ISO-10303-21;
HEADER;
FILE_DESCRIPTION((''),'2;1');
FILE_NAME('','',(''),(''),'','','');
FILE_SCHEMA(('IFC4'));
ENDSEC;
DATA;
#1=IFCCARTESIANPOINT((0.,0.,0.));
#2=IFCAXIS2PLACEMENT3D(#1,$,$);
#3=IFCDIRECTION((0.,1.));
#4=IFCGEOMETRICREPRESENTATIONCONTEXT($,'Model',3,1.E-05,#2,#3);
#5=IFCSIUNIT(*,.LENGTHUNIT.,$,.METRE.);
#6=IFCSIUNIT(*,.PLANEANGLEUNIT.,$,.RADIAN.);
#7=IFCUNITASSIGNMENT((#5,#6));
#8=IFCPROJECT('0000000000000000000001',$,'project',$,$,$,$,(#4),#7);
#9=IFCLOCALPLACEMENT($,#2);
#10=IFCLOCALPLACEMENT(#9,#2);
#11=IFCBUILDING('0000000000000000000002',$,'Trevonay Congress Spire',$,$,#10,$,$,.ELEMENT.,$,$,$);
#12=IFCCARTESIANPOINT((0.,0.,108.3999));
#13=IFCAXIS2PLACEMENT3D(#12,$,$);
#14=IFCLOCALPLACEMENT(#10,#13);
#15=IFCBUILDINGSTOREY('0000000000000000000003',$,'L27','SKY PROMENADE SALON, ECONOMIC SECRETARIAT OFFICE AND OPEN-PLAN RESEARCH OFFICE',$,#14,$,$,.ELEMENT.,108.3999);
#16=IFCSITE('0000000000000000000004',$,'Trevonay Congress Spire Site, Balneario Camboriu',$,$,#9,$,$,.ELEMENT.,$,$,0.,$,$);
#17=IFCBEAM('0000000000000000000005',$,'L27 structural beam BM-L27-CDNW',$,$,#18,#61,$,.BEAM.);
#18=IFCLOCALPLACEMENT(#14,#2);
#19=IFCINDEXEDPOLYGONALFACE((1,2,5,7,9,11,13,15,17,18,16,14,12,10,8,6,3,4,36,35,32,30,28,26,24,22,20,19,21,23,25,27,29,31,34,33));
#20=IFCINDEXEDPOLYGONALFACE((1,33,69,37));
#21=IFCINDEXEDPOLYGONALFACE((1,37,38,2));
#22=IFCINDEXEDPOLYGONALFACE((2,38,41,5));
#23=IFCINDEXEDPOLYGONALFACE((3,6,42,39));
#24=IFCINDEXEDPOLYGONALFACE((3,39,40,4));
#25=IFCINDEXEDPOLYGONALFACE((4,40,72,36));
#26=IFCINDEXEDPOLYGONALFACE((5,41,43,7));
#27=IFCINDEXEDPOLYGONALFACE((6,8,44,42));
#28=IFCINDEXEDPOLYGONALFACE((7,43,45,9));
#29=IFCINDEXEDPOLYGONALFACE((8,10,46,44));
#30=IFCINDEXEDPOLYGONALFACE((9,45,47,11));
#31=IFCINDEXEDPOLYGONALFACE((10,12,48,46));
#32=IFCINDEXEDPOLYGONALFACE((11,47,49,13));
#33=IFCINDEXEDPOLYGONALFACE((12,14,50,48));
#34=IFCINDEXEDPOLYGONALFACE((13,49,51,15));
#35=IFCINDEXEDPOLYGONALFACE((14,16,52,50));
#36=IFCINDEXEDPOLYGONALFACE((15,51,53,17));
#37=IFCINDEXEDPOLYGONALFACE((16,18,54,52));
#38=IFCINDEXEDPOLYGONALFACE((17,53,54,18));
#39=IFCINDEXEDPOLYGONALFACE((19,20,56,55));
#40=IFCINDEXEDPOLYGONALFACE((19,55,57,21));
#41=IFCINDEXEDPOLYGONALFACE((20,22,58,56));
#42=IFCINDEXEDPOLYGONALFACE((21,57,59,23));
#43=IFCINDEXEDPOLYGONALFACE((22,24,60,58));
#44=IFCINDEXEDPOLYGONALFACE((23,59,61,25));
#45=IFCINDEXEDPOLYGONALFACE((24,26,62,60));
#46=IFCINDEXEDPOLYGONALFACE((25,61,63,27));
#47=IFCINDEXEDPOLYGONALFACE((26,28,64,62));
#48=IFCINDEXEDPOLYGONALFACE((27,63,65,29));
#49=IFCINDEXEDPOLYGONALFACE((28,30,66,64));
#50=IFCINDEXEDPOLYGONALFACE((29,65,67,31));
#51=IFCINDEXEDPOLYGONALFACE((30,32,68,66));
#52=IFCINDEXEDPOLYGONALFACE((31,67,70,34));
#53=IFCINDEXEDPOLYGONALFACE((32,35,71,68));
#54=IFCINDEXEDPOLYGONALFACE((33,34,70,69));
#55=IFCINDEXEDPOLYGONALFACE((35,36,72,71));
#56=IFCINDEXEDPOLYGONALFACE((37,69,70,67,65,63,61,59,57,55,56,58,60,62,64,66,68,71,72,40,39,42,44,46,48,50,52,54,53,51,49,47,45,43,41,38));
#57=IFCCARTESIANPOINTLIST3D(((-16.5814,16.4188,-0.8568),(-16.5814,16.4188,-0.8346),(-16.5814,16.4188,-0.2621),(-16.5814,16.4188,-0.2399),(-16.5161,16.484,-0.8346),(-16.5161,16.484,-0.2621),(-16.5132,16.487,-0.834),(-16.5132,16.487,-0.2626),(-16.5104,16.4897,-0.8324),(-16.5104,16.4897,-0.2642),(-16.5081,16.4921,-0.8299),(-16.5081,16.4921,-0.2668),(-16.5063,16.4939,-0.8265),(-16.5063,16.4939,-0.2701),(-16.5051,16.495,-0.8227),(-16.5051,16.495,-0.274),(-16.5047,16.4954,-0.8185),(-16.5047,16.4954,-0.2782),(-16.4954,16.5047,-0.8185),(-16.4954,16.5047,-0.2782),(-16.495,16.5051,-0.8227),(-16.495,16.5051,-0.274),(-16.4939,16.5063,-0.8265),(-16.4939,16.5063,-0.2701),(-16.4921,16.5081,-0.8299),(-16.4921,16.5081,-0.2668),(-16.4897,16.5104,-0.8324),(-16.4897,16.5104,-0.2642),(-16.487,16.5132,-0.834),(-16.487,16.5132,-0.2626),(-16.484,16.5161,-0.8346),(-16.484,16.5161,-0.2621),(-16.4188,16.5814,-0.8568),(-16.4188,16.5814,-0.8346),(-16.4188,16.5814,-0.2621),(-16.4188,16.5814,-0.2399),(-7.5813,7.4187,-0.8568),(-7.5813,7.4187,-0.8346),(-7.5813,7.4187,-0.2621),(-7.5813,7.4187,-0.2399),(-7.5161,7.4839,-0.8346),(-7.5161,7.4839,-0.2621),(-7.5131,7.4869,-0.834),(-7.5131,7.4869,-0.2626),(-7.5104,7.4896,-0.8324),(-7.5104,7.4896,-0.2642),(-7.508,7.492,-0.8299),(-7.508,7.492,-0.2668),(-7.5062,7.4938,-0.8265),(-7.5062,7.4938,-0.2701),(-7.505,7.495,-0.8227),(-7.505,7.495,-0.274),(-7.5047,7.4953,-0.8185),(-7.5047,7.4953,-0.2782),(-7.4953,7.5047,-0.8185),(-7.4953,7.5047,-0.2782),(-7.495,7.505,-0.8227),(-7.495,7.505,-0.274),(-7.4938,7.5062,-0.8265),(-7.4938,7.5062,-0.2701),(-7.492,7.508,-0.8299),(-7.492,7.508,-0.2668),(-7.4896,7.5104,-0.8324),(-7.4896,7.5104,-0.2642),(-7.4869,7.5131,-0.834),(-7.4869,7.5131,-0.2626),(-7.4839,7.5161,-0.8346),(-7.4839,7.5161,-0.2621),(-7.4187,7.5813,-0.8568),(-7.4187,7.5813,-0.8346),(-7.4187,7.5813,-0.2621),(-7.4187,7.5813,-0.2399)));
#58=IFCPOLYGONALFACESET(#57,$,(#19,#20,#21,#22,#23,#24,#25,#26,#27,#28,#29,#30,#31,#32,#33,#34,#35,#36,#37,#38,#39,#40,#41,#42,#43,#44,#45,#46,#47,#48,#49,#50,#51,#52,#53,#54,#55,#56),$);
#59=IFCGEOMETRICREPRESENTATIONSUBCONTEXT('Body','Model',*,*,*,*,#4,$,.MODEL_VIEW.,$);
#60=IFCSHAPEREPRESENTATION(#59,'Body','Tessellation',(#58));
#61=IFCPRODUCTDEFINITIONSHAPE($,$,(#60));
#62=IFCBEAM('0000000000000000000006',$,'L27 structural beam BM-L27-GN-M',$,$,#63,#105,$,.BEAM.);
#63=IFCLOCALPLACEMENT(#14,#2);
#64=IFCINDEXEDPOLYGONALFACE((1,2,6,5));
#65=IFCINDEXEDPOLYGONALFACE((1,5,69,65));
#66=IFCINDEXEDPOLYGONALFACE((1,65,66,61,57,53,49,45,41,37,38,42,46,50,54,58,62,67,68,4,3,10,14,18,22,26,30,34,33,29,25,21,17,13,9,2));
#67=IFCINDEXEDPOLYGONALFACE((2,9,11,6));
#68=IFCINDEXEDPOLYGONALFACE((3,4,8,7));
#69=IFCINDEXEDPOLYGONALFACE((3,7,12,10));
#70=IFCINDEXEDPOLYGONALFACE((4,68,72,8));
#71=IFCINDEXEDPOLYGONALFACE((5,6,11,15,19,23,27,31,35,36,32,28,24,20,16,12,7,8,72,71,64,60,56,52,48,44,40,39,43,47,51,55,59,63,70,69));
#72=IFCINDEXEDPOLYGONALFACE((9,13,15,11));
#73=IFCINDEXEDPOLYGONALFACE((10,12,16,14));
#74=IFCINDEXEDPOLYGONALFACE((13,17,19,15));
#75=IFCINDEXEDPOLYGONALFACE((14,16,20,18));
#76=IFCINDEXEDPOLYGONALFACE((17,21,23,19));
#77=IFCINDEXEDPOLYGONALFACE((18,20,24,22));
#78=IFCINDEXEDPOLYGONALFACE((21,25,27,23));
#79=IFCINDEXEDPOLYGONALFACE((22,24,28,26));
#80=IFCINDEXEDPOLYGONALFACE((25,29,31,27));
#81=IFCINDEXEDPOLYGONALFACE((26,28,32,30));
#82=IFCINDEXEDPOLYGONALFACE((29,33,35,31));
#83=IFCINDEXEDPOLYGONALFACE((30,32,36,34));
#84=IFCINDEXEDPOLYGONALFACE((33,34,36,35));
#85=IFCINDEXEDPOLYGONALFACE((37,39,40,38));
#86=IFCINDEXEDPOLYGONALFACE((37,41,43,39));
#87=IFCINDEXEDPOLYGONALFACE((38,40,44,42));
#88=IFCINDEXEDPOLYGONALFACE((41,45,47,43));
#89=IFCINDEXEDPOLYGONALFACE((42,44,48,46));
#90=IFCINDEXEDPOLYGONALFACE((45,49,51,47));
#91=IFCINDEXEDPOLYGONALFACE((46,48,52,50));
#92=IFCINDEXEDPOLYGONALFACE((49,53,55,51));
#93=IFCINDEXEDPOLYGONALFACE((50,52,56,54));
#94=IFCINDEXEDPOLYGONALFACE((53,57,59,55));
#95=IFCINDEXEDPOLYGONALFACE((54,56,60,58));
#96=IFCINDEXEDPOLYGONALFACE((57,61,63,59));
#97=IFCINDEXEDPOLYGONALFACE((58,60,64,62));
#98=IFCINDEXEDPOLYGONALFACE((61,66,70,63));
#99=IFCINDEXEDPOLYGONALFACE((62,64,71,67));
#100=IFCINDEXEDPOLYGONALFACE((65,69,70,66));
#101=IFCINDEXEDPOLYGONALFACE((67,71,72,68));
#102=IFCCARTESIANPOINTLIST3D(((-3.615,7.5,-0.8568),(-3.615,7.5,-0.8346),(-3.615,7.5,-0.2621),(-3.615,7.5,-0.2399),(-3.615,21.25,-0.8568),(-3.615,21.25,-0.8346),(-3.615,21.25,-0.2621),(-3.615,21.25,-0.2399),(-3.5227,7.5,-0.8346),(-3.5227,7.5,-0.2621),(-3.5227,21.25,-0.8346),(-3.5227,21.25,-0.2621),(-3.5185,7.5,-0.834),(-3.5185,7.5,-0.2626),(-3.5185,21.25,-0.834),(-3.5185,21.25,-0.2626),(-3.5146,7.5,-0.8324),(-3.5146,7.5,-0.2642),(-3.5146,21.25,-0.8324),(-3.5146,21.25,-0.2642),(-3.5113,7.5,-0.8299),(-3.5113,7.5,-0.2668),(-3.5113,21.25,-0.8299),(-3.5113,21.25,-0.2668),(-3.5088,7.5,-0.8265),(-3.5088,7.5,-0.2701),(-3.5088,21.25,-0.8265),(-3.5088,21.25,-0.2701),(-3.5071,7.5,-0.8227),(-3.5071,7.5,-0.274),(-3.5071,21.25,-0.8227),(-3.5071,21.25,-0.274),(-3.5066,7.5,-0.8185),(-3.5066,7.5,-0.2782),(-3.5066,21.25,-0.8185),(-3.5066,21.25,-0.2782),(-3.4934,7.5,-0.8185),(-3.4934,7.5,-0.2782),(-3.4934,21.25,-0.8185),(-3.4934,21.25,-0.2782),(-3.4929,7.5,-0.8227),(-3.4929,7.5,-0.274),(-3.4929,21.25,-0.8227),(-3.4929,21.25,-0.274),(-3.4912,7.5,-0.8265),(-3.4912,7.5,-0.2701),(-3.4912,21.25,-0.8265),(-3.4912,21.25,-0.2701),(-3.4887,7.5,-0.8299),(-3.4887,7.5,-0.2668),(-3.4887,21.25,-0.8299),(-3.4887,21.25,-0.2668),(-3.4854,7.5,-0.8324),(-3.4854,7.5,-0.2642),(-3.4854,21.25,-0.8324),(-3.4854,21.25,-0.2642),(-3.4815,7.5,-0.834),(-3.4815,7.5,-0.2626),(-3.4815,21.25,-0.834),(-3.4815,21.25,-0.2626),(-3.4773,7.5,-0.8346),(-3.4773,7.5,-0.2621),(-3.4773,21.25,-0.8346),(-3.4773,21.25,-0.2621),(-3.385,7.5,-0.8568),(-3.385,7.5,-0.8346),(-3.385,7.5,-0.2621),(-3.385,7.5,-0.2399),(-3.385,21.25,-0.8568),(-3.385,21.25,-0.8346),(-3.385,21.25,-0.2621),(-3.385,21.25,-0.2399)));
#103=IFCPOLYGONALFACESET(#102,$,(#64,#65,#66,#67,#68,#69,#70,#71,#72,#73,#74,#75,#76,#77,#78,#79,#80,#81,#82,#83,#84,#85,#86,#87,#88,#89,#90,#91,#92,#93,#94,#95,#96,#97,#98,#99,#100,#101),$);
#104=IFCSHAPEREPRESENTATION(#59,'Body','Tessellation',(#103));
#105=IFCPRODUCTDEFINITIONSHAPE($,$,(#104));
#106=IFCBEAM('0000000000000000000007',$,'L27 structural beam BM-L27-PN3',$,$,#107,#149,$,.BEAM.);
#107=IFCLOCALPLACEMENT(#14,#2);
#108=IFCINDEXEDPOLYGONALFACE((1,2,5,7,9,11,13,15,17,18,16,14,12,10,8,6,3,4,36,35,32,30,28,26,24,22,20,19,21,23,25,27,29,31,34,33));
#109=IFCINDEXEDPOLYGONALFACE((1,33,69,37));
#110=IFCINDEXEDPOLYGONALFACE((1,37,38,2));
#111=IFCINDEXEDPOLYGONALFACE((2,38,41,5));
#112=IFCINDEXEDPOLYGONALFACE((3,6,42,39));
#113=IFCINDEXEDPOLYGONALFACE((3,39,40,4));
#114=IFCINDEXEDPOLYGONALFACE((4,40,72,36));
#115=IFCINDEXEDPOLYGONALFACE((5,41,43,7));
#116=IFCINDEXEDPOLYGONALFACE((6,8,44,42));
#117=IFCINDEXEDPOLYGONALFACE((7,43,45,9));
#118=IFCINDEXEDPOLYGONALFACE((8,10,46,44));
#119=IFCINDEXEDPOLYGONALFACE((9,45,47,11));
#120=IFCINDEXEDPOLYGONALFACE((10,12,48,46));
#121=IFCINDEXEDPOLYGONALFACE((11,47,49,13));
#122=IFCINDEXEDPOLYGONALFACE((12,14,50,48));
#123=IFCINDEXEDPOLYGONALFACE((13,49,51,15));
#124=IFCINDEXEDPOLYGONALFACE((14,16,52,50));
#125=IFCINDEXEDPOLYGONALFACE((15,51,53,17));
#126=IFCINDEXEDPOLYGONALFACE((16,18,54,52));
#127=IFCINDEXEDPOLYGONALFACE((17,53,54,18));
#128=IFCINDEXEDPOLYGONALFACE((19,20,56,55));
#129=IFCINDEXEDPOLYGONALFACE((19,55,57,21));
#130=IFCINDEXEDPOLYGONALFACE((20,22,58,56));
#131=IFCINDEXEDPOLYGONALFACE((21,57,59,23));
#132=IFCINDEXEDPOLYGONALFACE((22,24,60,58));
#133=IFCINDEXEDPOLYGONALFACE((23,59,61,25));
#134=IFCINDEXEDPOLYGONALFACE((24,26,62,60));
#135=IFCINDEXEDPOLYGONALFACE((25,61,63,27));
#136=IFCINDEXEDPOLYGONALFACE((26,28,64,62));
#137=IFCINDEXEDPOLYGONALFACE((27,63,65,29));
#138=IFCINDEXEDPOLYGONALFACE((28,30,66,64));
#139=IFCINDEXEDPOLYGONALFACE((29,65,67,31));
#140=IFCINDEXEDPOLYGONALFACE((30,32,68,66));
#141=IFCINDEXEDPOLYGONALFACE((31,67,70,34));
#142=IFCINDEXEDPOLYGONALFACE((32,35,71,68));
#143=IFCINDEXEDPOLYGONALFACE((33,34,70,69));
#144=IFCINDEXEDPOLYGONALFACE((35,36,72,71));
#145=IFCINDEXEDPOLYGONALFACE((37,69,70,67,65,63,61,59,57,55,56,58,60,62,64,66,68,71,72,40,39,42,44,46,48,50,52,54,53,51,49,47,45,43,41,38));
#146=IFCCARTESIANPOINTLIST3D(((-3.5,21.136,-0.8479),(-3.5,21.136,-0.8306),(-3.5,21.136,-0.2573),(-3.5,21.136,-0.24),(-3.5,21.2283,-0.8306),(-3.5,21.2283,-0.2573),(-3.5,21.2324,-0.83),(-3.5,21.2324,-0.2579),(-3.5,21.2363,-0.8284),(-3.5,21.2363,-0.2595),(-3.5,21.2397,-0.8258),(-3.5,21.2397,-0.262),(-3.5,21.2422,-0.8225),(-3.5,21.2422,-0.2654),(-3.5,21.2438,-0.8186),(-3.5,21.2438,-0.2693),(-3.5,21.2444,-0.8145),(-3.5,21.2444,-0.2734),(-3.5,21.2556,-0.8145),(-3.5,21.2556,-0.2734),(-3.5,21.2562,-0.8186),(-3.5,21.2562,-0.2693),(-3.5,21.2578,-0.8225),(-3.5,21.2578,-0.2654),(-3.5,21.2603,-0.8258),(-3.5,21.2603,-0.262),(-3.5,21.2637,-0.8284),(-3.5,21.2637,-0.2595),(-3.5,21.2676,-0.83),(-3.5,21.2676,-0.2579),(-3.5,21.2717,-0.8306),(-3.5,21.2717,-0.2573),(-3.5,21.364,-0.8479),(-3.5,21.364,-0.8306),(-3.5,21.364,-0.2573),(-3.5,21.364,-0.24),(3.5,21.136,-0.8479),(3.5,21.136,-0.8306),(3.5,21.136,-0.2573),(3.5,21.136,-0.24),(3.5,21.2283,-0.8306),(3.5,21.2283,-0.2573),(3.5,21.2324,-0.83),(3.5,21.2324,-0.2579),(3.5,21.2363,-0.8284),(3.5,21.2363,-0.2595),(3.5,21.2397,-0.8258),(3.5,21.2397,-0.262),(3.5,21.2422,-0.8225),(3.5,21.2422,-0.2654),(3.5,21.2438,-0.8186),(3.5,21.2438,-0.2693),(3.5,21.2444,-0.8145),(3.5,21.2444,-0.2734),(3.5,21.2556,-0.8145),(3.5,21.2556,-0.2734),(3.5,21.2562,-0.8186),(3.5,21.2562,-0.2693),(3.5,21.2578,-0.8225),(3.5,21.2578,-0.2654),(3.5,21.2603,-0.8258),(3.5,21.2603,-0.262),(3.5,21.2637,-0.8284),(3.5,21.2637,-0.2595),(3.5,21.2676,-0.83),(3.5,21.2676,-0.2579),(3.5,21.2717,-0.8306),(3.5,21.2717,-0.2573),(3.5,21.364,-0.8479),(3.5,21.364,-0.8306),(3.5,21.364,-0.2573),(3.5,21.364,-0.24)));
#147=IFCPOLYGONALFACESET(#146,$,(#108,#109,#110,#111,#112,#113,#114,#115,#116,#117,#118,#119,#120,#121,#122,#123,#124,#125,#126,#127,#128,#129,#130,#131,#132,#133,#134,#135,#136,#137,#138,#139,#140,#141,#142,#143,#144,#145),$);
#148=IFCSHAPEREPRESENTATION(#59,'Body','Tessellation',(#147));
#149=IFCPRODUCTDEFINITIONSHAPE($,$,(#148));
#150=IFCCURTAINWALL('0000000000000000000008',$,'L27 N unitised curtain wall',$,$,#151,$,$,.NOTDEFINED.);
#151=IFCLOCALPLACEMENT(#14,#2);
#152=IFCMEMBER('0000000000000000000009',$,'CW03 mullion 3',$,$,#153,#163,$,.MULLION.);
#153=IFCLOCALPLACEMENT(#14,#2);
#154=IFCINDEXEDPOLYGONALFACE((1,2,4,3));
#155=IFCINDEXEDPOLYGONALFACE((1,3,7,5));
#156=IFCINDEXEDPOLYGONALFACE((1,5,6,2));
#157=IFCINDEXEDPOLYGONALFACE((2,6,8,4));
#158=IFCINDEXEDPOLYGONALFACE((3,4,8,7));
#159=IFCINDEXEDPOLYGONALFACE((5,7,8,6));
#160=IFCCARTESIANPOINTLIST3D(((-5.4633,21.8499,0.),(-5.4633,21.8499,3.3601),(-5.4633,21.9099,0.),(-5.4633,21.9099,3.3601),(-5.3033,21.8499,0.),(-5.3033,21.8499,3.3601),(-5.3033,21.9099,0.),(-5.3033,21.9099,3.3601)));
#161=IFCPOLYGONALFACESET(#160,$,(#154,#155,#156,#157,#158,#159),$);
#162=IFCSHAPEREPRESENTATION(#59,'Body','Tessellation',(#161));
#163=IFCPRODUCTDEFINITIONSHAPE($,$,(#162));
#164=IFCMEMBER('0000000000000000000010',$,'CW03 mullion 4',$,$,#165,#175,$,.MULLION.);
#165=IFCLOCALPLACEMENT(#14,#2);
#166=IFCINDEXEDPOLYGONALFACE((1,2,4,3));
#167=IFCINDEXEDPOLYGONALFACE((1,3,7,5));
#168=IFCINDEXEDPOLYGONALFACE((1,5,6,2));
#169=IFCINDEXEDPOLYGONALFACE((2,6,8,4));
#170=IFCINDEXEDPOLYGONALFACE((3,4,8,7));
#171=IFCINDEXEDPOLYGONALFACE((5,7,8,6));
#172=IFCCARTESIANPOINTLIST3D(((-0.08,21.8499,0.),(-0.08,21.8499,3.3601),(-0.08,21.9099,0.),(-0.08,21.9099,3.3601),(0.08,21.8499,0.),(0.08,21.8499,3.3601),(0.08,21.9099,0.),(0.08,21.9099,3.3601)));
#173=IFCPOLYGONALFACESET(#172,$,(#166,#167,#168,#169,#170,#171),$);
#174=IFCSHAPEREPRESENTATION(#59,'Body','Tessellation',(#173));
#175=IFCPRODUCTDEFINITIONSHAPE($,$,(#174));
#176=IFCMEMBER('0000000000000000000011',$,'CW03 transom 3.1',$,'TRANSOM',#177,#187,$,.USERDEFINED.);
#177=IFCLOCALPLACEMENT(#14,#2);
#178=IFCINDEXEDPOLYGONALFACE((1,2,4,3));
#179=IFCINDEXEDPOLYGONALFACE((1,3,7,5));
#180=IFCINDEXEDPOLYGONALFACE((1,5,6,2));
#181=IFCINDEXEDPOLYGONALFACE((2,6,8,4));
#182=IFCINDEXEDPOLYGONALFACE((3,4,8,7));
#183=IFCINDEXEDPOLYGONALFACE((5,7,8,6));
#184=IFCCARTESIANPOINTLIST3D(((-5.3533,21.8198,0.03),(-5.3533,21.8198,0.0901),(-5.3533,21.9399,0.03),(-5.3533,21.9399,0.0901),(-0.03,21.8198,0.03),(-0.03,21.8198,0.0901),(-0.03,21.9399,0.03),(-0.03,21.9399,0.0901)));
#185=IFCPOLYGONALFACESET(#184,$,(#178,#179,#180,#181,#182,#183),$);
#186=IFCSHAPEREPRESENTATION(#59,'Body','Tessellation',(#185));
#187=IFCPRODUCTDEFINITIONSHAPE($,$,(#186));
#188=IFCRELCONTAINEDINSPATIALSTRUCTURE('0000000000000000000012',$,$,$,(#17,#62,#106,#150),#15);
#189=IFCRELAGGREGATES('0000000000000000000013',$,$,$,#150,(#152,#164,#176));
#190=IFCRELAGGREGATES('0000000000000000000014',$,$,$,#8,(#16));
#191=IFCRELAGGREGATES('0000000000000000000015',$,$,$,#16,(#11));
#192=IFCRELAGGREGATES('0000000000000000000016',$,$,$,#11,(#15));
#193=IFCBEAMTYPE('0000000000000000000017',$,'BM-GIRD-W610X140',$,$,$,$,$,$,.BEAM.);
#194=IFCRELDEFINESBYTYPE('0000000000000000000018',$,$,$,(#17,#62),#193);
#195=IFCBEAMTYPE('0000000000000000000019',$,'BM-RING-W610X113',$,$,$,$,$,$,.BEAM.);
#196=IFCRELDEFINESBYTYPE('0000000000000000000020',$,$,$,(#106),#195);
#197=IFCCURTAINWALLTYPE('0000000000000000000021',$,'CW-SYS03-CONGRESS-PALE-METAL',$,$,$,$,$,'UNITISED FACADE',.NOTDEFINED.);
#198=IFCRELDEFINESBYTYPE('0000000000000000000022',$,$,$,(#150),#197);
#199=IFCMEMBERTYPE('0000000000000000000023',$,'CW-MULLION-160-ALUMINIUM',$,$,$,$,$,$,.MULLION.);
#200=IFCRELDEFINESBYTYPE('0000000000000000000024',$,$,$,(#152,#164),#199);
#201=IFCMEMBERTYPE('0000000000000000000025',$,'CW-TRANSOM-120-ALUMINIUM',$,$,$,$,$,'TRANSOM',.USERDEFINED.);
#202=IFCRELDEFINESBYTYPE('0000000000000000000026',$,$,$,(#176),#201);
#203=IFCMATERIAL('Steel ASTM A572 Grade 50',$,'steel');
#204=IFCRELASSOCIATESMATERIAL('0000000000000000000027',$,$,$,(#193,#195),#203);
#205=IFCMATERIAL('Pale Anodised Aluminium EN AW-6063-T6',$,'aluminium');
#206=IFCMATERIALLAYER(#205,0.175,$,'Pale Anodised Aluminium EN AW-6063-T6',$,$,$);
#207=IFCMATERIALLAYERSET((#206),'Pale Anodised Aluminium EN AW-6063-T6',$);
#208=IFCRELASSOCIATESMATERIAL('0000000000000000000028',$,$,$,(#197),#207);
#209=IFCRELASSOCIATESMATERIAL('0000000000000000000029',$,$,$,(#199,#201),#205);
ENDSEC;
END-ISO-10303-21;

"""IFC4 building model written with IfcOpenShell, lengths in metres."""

from ifc_helpers import new_model, si_unit, direction, frame, origin, origin_2d, place, context, subcontext, project, spatial, rectangle, i_section, extrude, material, layer, layer_set, material_profile, profile_set, type_object, element, aggregate, save


model = new_model("IFC4")

# Units and contexts
model_context = context("Model", 3, precision=1e-05, world=origin(), true_north=direction((0.0, 1.0)))
body_context = subcontext(model_context, "Body", "Model", "MODEL_VIEW")
ifc_project = project(units=[si_unit("LENGTHUNIT", "METRE"), si_unit("PLANEANGLEUNIT", "RADIAN")], contexts=[model_context])

# Site, building, storey
site_placement = place(None, origin())
site = spatial("IfcSite", under=ifc_project, at=site_placement, Name="Trevonay Congress Spire Site, Balneario Camboriu", CompositionType="ELEMENT", RefElevation=0.0)
building_placement = place(site_placement, origin())
building = spatial("IfcBuilding", under=site, at=building_placement, Name="Trevonay Congress Spire", CompositionType="ELEMENT")
storey_placement = place(building_placement, frame((0.0, 0.0, 108.3999)))
storey = spatial("IfcBuildingStorey", under=building, at=storey_placement, Name="L27", Description="SKY PROMENADE SALON, ECONOMIC SECRETARIAT OFFICE AND OPEN-PLAN RESEARCH OFFICE", CompositionType="ELEMENT", Elevation=108.3999)

# Shared definitions
ifc_material_1 = material(Name="Steel ASTM A572 Grade 50", Category="steel")

# Beams
ifc_material_profile_1 = material_profile(ifc_material_1, i_section(OverallWidth=0.23, OverallDepth=0.6169, WebThickness=0.0132, FlangeThickness=0.0222, FilletRadius=0.0161, at=origin_2d()), Name="W610x140")
ifc_profile_set_1 = profile_set([ifc_material_profile_1], Name="Steel ASTM A572 Grade 50")
beam_type_1 = type_object("IfcBeamType", Name="BM-GIRD-W610X140", PredefinedType="BEAM", material=ifc_profile_set_1)
beam_1_placement = place(storey_placement, frame((-7.5, 7.5, -0.5483), z_axis=(-0.707107, 0.707107, 0.0), x_axis=(-0.707107, -0.707107, 0.0)))
element("IfcBeam", 1, at=beam_1_placement, inside=storey, type_object=beam_type_1, Name="L27 structural beam BM-L27-CDNW", PredefinedType="BEAM", context=body_context, shape_type="SweptSolid", body=[
    extrude(i_section(OverallWidth=0.23, OverallDepth=0.6169, WebThickness=0.0132, FlangeThickness=0.0222, FilletRadius=0.0161, at=origin_2d()), origin(), (0.0, 0.0, 1.0), 12.728),
])
beam_2_placement = place(storey_placement, frame((-3.5, 7.5, -0.5483), z_axis=(0.0, 1.0, 0.0), x_axis=(-1.0, 0.0, 0.0)))
element("IfcBeam", 2, at=beam_2_placement, inside=storey, type_object=beam_type_1, Name="L27 structural beam BM-L27-GN-M", PredefinedType="BEAM", context=body_context, shape_type="SweptSolid", body=[
    extrude(i_section(OverallWidth=0.23, OverallDepth=0.6169, WebThickness=0.0132, FlangeThickness=0.0222, FilletRadius=0.0161, at=origin_2d()), origin(), (0.0, 0.0, 1.0), 13.75),
])
ifc_material_profile_2 = material_profile(ifc_material_1, i_section(OverallWidth=0.228, OverallDepth=0.6079, WebThickness=0.0112, FlangeThickness=0.0173, FilletRadius=0.0161, at=origin_2d()), Name="W610x113")
ifc_profile_set_2 = profile_set([ifc_material_profile_2], Name="Steel ASTM A572 Grade 50")
beam_type_2 = type_object("IfcBeamType", Name="BM-RING-W610X113", PredefinedType="BEAM", material=ifc_profile_set_2)
beam_3_placement = place(storey_placement, frame((-3.5, 21.25, -0.5439), z_axis=(1.0, 0.0, 0.0), x_axis=(0.0, 1.0, 0.0)))
element("IfcBeam", 3, at=beam_3_placement, inside=storey, type_object=beam_type_2, Name="L27 structural beam BM-L27-PN3", PredefinedType="BEAM", context=body_context, shape_type="SweptSolid", body=[
    extrude(i_section(OverallWidth=0.228, OverallDepth=0.6079, WebThickness=0.0112, FlangeThickness=0.0173, FilletRadius=0.0161, at=origin_2d()), origin(), (0.0, 0.0, 1.0), 7.0),
])

# Curtain wall, members
ifc_material_2 = material(Name="Pale Anodised Aluminium EN AW-6063-T6", Category="aluminium")
ifc_layer_1 = layer(ifc_material_2, 0.175, Name="Pale Anodised Aluminium EN AW-6063-T6")
ifc_layer_set_1 = layer_set([ifc_layer_1], Name="Pale Anodised Aluminium EN AW-6063-T6")
curtain_wall_type = type_object("IfcCurtainWallType", Name="CW-SYS03-CONGRESS-PALE-METAL", ElementType="UNITISED FACADE", PredefinedType="NOTDEFINED", material=ifc_layer_set_1)
curtain_wall_placement = place(storey_placement, origin())
curtain_wall = element("IfcCurtainWall", 4, at=curtain_wall_placement, inside=storey, type_object=curtain_wall_type, Name="L27 N unitised curtain wall", PredefinedType="NOTDEFINED")
ifc_material_profile_3 = material_profile(ifc_material_2, rectangle(XDim=0.0601, YDim=0.1599, at=origin_2d()), Name="CW-MULLION-160-ALUMINIUM")
ifc_profile_set_3 = profile_set([ifc_material_profile_3], Name="Pale Anodised Aluminium EN AW-6063-T6")
member_type_1 = type_object("IfcMemberType", Name="CW-MULLION-160-ALUMINIUM", PredefinedType="MULLION", material=ifc_profile_set_3)
member_1_placement = place(storey_placement, frame((-5.3833, 21.8799, 0.0), z_axis=(0.0, 0.0, 1.0), x_axis=(0.0, 1.0, 0.0)))
member_1 = element("IfcMember", 5, at=member_1_placement, type_object=member_type_1, Name="CW03 mullion 3", PredefinedType="MULLION", context=body_context, shape_type="SweptSolid", body=[
    extrude(rectangle(XDim=0.0601, YDim=0.1599, at=origin_2d()), origin(), (0.0, 0.0, 1.0), 3.3601),
])
member_2_placement = place(storey_placement, frame((0.0, 21.8799, 0.0), z_axis=(0.0, 0.0, 1.0), x_axis=(0.0, 1.0, 0.0)))
member_2 = element("IfcMember", 6, at=member_2_placement, type_object=member_type_1, Name="CW03 mullion 4", PredefinedType="MULLION", context=body_context, shape_type="SweptSolid", body=[
    extrude(rectangle(XDim=0.0601, YDim=0.1599, at=origin_2d()), origin(), (0.0, 0.0, 1.0), 3.3601),
])
ifc_material_profile_4 = material_profile(ifc_material_2, rectangle(XDim=0.1201, YDim=0.0601, at=origin_2d()), Name="CW-TRANSOM-120-ALUMINIUM")
ifc_profile_set_4 = profile_set([ifc_material_profile_4], Name="Pale Anodised Aluminium EN AW-6063-T6")
member_type_2 = type_object("IfcMemberType", Name="CW-TRANSOM-120-ALUMINIUM", ElementType="TRANSOM", PredefinedType="USERDEFINED", material=ifc_profile_set_4)
member_3_placement = place(storey_placement, frame((-5.3533, 21.8799, 0.0601), z_axis=(1.0, 0.0, 0.0), x_axis=(0.0, 1.0, 0.0)))
member_3 = element("IfcMember", 7, at=member_3_placement, type_object=member_type_2, Name="CW03 transom 3.1", ObjectType="TRANSOM", PredefinedType="USERDEFINED", context=body_context, shape_type="SweptSolid", body=[
    extrude(rectangle(XDim=0.1201, YDim=0.0601, at=origin_2d()), origin(), (0.0, 0.0, 1.0), 5.3232),
])
aggregate(curtain_wall, [member_1, member_2, member_3])

save(model, "model.ifc")
